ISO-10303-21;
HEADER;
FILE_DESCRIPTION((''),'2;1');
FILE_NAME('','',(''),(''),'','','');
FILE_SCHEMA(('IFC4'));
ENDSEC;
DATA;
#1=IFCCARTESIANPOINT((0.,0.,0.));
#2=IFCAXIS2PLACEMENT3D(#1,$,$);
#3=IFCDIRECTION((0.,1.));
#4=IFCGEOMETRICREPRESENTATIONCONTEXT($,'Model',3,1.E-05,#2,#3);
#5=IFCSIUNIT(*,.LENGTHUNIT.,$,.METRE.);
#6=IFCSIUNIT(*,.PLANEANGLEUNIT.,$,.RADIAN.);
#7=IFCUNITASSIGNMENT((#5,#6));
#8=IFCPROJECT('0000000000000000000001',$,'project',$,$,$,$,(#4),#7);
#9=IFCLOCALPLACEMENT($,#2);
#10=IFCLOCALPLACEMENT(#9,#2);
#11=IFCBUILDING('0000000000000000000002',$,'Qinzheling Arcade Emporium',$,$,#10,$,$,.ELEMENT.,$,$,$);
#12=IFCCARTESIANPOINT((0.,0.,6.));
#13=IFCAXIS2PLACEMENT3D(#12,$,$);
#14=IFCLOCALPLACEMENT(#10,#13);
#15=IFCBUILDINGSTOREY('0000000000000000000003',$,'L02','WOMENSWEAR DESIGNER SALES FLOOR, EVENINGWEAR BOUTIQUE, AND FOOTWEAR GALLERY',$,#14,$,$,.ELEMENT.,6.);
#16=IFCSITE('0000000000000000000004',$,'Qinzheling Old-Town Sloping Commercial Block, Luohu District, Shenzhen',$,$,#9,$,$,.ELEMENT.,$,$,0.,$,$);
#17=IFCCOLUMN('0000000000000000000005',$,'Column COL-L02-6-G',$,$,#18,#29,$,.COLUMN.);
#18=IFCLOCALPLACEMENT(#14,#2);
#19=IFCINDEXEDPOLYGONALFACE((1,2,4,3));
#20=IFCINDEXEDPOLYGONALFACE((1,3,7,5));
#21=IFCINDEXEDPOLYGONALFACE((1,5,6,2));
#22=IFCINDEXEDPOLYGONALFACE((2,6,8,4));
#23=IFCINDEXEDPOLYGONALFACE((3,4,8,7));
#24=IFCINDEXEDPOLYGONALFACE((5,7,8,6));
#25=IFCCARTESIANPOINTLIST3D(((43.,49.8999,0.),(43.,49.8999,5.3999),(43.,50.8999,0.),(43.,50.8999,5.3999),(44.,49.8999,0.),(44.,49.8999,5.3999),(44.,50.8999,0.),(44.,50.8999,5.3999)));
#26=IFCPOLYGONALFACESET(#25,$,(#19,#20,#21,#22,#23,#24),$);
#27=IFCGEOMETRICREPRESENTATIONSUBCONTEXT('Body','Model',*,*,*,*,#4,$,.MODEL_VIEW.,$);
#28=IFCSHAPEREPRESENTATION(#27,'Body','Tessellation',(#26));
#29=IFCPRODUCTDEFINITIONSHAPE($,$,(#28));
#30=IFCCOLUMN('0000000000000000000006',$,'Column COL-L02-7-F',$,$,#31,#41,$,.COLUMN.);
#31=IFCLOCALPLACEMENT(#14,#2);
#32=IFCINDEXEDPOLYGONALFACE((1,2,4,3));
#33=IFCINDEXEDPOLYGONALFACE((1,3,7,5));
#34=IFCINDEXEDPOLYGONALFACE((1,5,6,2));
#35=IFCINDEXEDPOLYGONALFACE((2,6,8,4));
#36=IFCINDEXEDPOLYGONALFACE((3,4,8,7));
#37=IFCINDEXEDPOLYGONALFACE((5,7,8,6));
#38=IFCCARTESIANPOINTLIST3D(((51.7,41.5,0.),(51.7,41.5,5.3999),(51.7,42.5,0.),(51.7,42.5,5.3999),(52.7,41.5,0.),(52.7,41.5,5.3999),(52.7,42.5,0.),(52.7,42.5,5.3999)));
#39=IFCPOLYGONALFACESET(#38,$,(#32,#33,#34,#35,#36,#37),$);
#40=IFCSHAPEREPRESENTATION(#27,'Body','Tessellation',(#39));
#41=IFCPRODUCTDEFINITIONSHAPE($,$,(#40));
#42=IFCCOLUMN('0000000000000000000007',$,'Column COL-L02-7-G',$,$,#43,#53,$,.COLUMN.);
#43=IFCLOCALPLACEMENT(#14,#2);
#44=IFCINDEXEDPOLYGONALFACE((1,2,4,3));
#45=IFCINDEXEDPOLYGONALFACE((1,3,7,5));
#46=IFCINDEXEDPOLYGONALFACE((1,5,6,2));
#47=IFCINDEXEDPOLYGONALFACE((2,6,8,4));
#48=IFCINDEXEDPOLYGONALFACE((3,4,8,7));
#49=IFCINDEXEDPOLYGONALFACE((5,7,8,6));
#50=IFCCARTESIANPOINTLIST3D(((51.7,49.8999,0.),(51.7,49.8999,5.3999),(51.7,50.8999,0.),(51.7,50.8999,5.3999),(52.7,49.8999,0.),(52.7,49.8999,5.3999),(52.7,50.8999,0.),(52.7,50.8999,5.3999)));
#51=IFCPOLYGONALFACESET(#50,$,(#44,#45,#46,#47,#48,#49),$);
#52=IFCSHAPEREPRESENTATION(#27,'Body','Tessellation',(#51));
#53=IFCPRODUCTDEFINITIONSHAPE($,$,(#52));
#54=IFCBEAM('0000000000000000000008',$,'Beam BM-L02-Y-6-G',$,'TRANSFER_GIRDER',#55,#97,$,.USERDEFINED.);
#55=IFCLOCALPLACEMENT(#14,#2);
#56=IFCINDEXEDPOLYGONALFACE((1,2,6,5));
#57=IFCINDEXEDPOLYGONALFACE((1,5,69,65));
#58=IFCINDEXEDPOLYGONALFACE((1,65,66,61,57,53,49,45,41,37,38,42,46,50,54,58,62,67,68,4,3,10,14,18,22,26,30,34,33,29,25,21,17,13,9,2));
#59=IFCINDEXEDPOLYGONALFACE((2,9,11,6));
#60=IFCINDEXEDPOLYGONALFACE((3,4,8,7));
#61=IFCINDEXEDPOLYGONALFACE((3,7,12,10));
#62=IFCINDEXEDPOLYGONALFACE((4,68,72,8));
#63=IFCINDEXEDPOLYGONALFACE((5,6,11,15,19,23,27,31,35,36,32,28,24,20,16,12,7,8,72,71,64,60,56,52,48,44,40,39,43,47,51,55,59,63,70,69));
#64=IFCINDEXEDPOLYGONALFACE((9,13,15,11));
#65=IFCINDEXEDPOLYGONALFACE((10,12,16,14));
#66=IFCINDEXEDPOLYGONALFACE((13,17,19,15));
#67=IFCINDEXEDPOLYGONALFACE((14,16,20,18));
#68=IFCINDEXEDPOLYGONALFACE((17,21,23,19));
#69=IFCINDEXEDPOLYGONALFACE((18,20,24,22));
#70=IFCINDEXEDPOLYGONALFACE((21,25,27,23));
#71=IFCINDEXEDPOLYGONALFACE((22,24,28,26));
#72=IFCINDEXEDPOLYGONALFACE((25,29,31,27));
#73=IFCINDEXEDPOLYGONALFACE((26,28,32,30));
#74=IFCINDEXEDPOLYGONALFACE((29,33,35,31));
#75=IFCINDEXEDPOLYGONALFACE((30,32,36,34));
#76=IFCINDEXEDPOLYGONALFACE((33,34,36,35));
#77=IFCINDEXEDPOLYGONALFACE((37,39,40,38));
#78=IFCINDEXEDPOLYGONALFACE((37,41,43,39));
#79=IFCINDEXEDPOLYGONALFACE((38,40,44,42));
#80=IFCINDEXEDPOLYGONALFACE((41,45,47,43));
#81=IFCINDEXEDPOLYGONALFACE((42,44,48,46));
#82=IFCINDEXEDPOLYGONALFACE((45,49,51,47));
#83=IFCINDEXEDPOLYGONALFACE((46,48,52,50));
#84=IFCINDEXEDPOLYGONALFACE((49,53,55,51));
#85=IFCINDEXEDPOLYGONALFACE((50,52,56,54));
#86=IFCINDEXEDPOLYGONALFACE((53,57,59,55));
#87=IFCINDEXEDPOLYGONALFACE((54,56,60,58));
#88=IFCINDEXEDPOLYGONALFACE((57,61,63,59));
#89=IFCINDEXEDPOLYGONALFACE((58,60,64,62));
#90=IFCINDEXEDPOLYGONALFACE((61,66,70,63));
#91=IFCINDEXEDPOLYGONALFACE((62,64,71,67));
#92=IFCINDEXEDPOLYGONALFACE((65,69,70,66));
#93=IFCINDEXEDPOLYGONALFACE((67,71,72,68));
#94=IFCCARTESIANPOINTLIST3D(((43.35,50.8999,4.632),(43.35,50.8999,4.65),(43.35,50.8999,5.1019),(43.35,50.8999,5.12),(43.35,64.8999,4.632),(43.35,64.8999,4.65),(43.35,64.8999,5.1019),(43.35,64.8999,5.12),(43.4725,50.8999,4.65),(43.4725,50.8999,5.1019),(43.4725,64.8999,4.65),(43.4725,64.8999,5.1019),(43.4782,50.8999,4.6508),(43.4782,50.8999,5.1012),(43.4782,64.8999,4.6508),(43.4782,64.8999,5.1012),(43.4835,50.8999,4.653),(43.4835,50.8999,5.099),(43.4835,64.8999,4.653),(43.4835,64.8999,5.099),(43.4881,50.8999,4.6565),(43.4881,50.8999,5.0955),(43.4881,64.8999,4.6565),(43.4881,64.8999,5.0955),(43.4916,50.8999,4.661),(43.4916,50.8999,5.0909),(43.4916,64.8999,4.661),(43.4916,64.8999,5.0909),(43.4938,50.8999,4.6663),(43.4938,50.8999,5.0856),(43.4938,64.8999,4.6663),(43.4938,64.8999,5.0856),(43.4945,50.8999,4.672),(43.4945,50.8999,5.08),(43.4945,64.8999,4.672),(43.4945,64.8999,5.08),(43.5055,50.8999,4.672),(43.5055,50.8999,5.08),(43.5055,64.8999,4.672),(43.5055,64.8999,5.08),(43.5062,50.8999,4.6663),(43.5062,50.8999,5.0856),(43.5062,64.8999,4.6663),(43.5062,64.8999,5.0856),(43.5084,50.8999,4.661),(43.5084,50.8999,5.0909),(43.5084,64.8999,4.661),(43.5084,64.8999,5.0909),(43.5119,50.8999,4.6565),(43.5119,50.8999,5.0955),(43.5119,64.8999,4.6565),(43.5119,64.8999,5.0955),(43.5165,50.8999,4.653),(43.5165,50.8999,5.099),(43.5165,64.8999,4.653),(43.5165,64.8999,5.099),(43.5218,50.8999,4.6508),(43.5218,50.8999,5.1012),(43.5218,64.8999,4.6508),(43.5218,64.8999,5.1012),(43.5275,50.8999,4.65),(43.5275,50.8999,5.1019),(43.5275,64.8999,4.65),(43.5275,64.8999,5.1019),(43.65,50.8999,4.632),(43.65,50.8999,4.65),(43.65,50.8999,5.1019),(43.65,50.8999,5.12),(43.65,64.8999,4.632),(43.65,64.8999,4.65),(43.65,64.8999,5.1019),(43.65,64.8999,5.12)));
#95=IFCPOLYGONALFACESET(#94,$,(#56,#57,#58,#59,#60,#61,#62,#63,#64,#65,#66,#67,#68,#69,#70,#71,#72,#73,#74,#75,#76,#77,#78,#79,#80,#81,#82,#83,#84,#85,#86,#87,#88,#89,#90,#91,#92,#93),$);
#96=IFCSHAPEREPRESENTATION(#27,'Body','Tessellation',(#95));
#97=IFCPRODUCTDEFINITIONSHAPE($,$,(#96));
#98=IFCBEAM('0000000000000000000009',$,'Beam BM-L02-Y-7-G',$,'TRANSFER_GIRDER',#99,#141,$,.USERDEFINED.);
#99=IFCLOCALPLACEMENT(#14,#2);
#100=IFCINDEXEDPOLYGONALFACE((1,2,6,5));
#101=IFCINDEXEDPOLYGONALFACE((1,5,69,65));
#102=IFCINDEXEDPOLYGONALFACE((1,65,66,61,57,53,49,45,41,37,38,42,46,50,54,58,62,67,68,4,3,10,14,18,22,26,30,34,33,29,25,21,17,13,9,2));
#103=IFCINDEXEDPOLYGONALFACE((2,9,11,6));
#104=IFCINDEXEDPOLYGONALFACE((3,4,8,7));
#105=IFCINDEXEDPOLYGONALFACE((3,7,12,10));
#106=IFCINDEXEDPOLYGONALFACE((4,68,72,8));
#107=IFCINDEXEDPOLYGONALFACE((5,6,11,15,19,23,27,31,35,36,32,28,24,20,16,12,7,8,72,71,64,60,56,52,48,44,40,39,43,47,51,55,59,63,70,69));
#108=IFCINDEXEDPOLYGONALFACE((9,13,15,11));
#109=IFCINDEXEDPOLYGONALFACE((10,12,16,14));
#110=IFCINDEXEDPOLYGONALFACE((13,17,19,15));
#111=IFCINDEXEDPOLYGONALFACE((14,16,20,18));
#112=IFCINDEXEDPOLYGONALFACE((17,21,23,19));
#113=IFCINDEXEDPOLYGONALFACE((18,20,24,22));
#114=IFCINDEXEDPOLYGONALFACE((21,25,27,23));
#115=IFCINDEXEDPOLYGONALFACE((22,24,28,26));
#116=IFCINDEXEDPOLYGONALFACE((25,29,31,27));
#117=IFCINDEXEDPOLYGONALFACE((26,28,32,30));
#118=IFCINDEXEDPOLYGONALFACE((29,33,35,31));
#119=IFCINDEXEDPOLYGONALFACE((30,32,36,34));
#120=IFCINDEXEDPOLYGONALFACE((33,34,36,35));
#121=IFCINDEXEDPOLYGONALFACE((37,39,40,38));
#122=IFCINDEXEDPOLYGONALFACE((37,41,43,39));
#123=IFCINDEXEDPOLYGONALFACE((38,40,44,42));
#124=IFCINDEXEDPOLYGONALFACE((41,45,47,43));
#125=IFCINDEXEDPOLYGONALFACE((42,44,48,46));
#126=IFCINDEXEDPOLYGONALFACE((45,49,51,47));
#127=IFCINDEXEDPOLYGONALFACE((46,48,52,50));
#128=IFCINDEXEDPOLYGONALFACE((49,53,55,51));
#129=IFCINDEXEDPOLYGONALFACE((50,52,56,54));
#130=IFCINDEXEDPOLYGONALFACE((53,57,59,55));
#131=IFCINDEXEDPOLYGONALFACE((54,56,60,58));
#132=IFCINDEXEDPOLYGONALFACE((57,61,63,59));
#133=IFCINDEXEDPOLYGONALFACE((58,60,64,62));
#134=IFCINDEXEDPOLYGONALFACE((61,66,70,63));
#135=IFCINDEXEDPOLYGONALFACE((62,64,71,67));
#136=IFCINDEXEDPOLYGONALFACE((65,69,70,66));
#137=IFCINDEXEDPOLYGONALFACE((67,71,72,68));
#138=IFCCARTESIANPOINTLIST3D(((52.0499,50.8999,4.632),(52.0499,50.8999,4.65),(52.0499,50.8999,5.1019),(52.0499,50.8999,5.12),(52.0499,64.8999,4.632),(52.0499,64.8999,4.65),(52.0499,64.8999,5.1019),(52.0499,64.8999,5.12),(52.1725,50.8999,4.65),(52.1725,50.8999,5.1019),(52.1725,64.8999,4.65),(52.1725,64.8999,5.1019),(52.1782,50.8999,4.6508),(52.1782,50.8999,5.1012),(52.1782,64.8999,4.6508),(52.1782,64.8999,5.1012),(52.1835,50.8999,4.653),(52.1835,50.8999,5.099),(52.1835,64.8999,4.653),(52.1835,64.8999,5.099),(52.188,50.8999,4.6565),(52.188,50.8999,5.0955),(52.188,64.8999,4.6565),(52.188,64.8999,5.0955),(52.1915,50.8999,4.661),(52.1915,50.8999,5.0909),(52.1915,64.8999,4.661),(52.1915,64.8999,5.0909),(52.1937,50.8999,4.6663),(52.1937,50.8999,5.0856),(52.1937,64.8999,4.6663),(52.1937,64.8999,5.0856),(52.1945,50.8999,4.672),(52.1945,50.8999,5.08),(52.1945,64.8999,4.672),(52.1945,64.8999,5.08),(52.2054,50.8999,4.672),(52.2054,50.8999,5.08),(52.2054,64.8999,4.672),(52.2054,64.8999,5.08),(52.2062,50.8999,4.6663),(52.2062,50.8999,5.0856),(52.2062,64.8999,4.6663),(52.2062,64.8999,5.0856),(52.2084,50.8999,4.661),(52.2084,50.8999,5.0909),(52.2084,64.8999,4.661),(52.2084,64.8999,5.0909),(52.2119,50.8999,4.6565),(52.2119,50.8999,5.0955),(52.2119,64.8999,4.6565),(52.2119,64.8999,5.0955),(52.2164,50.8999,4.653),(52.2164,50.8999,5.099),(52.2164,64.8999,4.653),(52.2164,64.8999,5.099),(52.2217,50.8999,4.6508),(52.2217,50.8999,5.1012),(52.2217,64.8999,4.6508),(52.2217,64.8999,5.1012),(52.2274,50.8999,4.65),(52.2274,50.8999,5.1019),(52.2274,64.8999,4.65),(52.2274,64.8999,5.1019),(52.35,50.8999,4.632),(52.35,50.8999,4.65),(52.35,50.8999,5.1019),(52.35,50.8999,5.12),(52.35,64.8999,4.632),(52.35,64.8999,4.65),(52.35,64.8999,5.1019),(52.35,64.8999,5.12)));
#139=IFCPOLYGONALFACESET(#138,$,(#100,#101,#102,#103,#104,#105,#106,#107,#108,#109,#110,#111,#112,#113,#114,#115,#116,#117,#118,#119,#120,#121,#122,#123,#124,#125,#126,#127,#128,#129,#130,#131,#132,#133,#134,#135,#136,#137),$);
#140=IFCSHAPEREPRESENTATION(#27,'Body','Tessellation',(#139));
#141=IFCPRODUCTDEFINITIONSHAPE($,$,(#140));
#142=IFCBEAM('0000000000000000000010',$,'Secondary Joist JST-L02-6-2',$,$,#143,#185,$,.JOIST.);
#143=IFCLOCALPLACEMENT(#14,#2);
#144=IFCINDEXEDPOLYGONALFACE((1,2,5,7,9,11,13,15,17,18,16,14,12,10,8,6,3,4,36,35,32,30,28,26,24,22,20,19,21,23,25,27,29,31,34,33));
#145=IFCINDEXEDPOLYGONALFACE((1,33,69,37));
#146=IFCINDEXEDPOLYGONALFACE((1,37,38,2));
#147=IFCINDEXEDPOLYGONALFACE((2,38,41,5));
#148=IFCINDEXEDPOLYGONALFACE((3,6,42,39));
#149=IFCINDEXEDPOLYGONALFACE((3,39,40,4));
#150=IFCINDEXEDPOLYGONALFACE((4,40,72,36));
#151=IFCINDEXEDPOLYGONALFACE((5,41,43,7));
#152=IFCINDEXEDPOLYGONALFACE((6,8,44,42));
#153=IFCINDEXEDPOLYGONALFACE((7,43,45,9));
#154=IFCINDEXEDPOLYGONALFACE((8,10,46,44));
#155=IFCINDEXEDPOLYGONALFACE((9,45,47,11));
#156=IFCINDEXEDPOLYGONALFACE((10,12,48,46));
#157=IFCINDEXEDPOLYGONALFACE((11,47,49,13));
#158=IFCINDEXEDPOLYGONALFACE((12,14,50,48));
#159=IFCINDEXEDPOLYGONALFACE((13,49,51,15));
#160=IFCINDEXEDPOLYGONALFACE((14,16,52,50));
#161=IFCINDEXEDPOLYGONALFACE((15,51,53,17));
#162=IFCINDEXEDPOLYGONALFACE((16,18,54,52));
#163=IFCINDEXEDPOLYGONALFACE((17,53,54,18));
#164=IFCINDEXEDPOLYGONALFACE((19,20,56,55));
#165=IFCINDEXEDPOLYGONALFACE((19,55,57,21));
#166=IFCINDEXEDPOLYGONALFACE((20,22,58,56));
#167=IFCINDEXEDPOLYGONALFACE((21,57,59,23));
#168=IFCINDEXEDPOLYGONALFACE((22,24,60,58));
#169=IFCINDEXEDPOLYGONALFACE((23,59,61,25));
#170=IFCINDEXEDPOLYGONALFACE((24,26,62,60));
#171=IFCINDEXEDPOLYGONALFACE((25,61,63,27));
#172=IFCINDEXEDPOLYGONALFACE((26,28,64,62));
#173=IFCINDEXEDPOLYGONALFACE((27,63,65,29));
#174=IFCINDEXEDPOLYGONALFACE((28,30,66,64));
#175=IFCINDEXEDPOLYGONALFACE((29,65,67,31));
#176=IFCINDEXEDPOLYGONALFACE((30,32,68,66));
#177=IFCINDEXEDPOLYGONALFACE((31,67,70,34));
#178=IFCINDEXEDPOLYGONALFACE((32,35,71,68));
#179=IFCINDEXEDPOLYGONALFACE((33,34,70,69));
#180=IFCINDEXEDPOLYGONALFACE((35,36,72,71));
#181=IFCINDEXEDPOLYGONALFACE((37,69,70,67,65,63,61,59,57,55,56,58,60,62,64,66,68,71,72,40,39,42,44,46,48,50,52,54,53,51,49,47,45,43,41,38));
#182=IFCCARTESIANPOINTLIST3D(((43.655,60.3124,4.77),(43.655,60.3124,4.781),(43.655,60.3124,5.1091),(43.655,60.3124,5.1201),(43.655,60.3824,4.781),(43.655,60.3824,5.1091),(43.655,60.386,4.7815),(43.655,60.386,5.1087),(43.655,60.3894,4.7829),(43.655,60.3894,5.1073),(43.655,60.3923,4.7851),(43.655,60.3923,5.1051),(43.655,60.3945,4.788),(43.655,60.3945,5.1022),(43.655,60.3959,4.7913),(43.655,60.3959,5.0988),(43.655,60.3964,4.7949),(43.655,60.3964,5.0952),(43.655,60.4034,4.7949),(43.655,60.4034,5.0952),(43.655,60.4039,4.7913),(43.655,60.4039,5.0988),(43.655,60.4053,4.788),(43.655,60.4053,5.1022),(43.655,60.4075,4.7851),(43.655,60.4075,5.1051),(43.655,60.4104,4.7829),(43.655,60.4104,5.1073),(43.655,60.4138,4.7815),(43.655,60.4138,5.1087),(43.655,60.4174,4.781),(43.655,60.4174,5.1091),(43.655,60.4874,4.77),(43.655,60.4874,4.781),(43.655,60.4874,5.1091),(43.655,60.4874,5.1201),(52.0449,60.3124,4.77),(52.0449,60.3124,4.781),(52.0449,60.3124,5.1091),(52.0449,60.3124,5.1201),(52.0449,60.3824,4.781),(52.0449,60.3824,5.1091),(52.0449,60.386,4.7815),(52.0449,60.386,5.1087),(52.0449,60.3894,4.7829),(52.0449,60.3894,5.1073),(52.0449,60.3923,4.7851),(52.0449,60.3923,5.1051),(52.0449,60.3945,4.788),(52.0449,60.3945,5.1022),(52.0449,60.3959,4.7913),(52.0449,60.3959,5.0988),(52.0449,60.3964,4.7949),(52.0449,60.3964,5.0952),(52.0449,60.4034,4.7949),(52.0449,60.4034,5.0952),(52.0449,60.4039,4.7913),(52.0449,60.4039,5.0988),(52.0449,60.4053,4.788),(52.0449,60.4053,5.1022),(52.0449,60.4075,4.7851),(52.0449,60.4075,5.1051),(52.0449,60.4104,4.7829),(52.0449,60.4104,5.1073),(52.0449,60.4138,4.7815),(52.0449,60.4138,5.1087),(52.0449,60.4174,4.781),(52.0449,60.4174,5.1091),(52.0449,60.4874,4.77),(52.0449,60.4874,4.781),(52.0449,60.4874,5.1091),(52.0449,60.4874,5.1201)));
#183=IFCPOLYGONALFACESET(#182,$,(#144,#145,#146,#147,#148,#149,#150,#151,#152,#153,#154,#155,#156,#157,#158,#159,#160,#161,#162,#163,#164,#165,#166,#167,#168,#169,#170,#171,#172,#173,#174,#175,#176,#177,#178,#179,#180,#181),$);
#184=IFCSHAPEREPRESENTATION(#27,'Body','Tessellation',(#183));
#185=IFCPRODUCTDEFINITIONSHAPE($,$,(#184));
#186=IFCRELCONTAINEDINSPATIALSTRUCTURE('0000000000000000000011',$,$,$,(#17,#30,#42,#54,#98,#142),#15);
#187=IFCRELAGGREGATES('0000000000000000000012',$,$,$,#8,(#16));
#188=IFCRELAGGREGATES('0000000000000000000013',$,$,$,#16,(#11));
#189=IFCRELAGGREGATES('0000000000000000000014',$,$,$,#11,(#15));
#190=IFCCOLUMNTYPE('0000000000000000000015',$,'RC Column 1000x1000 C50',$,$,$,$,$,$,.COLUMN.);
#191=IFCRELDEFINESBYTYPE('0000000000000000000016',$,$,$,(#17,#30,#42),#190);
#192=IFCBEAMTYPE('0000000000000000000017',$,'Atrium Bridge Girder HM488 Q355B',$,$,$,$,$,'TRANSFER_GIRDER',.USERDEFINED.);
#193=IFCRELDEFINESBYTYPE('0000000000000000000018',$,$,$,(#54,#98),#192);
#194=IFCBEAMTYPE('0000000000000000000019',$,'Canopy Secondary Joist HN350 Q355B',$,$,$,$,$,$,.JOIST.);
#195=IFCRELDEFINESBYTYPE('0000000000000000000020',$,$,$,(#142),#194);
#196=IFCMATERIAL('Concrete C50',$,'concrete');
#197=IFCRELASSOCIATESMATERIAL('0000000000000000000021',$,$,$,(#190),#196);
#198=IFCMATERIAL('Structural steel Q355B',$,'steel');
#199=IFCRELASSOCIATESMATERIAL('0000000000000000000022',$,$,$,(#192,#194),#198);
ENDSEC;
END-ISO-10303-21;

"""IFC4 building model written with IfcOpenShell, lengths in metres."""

from ifc_helpers import new_model, si_unit, direction, frame, origin, origin_2d, place, context, subcontext, project, spatial, rectangle, i_section, extrude, material, material_profile, profile_set, type_object, element, save


model = new_model("IFC4")

# Units and contexts
model_context = context("Model", 3, precision=1e-05, world=origin(), true_north=direction((0.0, 1.0)))
body_context = subcontext(model_context, "Body", "Model", "MODEL_VIEW")
ifc_project = project(units=[si_unit("LENGTHUNIT", "METRE"), si_unit("PLANEANGLEUNIT", "RADIAN")], contexts=[model_context])

# Site, building, storey
site_placement = place(None, origin())
site = spatial("IfcSite", under=ifc_project, at=site_placement, Name="Qinzheling Old-Town Sloping Commercial Block, Luohu District, Shenzhen", CompositionType="ELEMENT", RefElevation=0.0)
building_placement = place(site_placement, origin())
building = spatial("IfcBuilding", under=site, at=building_placement, Name="Qinzheling Arcade Emporium", CompositionType="ELEMENT")
storey_placement = place(building_placement, frame((0.0, 0.0, 6.0)))
storey = spatial("IfcBuildingStorey", under=building, at=storey_placement, Name="L02", Description="WOMENSWEAR DESIGNER SALES FLOOR, EVENINGWEAR BOUTIQUE, AND FOOTWEAR GALLERY", CompositionType="ELEMENT", Elevation=6.0)

# Columns
ifc_material_1 = material(Name="Concrete C50", Category="concrete")
ifc_material_profile_1 = material_profile(ifc_material_1, rectangle(XDim=1.0, YDim=1.0, at=origin_2d()), Name="RC 1000x1000", Category="concrete")
ifc_profile_set_1 = profile_set([ifc_material_profile_1], Name="Concrete C50")
column_type = type_object("IfcColumnType", Name="RC Column 1000x1000 C50", PredefinedType="COLUMN", material=ifc_profile_set_1)
for number, where, z_axis, x_axis, name in (
    (1, (43.5, 50.3999, 0.0), (0.0, 0.0, 1.0), (1.0, 0.0, 0.0), "Column COL-L02-6-G"),
    (2, (52.2, 42.0, 0.0), (0.0, 0.0, 1.0), (1.0, 0.0, 0.0), "Column COL-L02-7-F"),
    (3, (52.2, 50.3999, 0.0), (0.0, 0.0, 1.0), (1.0, 0.0, 0.0), "Column COL-L02-7-G"),
):
    element("IfcColumn", number, at=place(storey_placement, frame(where, z_axis=z_axis, x_axis=x_axis)), inside=storey, type_object=column_type, Name=name, PredefinedType="COLUMN", context=body_context, shape_type="SweptSolid", body=[
        extrude(rectangle(XDim=1.0, YDim=1.0, at=origin_2d()), origin(), (0.0, 0.0, 1.0), 5.3999),
    ])

# Beams
ifc_material_2 = material(Name="Structural steel Q355B", Category="steel")
ifc_material_profile_2 = material_profile(ifc_material_2, i_section(OverallWidth=0.3, OverallDepth=0.488, WebThickness=0.011, FlangeThickness=0.0181, FilletRadius=0.022, at=origin_2d()), Name="HM 488x300x11x18", Category="steel")
ifc_profile_set_2 = profile_set([ifc_material_profile_2], Name="Structural steel Q355B")
beam_type_1 = type_object("IfcBeamType", Name="Atrium Bridge Girder HM488 Q355B", ElementType="TRANSFER_GIRDER", PredefinedType="USERDEFINED", material=ifc_profile_set_2)
for number, where, z_axis, x_axis, name in (
    (4, (43.5, 50.8999, 4.876), (0.0, 1.0, 0.0), (-1.0, 0.0, 0.0), "Beam BM-L02-Y-6-G"),
    (5, (52.2, 50.8999, 4.876), (0.0, 1.0, 0.0), (-1.0, 0.0, 0.0), "Beam BM-L02-Y-7-G"),
):
    element("IfcBeam", number, at=place(storey_placement, frame(where, z_axis=z_axis, x_axis=x_axis)), inside=storey, type_object=beam_type_1, Name=name, ObjectType="TRANSFER_GIRDER", PredefinedType="USERDEFINED", context=body_context, shape_type="SweptSolid", body=[
        extrude(i_section(OverallWidth=0.3, OverallDepth=0.488, WebThickness=0.011, FlangeThickness=0.0181, FilletRadius=0.022, at=origin_2d()), origin(), (0.0, 0.0, 1.0), 14.0),
    ])
ifc_material_profile_3 = material_profile(ifc_material_2, i_section(OverallWidth=0.175, OverallDepth=0.3501, WebThickness=0.0071, FlangeThickness=0.011, FilletRadius=0.0139, at=origin_2d()), Name="HN 350x175x7x11", Category="steel")
ifc_profile_set_3 = profile_set([ifc_material_profile_3], Name="Structural steel Q355B")
beam_type_2 = type_object("IfcBeamType", Name="Canopy Secondary Joist HN350 Q355B", PredefinedType="JOIST", material=ifc_profile_set_3)
beam_1_placement = place(storey_placement, frame((43.655, 60.3999, 4.9451), z_axis=(1.0, 0.0, 0.0), x_axis=(0.0, 1.0, 0.0)))
element("IfcBeam", 6, at=beam_1_placement, inside=storey, type_object=beam_type_2, Name="Secondary Joist JST-L02-6-2", PredefinedType="JOIST", context=body_context, shape_type="SweptSolid", body=[
    extrude(i_section(OverallWidth=0.175, OverallDepth=0.3501, WebThickness=0.0071, FlangeThickness=0.011, FilletRadius=0.0139, at=origin_2d()), origin(), (0.0, 0.0, 1.0), 8.3899),
])

save(model, "model.ifc")
